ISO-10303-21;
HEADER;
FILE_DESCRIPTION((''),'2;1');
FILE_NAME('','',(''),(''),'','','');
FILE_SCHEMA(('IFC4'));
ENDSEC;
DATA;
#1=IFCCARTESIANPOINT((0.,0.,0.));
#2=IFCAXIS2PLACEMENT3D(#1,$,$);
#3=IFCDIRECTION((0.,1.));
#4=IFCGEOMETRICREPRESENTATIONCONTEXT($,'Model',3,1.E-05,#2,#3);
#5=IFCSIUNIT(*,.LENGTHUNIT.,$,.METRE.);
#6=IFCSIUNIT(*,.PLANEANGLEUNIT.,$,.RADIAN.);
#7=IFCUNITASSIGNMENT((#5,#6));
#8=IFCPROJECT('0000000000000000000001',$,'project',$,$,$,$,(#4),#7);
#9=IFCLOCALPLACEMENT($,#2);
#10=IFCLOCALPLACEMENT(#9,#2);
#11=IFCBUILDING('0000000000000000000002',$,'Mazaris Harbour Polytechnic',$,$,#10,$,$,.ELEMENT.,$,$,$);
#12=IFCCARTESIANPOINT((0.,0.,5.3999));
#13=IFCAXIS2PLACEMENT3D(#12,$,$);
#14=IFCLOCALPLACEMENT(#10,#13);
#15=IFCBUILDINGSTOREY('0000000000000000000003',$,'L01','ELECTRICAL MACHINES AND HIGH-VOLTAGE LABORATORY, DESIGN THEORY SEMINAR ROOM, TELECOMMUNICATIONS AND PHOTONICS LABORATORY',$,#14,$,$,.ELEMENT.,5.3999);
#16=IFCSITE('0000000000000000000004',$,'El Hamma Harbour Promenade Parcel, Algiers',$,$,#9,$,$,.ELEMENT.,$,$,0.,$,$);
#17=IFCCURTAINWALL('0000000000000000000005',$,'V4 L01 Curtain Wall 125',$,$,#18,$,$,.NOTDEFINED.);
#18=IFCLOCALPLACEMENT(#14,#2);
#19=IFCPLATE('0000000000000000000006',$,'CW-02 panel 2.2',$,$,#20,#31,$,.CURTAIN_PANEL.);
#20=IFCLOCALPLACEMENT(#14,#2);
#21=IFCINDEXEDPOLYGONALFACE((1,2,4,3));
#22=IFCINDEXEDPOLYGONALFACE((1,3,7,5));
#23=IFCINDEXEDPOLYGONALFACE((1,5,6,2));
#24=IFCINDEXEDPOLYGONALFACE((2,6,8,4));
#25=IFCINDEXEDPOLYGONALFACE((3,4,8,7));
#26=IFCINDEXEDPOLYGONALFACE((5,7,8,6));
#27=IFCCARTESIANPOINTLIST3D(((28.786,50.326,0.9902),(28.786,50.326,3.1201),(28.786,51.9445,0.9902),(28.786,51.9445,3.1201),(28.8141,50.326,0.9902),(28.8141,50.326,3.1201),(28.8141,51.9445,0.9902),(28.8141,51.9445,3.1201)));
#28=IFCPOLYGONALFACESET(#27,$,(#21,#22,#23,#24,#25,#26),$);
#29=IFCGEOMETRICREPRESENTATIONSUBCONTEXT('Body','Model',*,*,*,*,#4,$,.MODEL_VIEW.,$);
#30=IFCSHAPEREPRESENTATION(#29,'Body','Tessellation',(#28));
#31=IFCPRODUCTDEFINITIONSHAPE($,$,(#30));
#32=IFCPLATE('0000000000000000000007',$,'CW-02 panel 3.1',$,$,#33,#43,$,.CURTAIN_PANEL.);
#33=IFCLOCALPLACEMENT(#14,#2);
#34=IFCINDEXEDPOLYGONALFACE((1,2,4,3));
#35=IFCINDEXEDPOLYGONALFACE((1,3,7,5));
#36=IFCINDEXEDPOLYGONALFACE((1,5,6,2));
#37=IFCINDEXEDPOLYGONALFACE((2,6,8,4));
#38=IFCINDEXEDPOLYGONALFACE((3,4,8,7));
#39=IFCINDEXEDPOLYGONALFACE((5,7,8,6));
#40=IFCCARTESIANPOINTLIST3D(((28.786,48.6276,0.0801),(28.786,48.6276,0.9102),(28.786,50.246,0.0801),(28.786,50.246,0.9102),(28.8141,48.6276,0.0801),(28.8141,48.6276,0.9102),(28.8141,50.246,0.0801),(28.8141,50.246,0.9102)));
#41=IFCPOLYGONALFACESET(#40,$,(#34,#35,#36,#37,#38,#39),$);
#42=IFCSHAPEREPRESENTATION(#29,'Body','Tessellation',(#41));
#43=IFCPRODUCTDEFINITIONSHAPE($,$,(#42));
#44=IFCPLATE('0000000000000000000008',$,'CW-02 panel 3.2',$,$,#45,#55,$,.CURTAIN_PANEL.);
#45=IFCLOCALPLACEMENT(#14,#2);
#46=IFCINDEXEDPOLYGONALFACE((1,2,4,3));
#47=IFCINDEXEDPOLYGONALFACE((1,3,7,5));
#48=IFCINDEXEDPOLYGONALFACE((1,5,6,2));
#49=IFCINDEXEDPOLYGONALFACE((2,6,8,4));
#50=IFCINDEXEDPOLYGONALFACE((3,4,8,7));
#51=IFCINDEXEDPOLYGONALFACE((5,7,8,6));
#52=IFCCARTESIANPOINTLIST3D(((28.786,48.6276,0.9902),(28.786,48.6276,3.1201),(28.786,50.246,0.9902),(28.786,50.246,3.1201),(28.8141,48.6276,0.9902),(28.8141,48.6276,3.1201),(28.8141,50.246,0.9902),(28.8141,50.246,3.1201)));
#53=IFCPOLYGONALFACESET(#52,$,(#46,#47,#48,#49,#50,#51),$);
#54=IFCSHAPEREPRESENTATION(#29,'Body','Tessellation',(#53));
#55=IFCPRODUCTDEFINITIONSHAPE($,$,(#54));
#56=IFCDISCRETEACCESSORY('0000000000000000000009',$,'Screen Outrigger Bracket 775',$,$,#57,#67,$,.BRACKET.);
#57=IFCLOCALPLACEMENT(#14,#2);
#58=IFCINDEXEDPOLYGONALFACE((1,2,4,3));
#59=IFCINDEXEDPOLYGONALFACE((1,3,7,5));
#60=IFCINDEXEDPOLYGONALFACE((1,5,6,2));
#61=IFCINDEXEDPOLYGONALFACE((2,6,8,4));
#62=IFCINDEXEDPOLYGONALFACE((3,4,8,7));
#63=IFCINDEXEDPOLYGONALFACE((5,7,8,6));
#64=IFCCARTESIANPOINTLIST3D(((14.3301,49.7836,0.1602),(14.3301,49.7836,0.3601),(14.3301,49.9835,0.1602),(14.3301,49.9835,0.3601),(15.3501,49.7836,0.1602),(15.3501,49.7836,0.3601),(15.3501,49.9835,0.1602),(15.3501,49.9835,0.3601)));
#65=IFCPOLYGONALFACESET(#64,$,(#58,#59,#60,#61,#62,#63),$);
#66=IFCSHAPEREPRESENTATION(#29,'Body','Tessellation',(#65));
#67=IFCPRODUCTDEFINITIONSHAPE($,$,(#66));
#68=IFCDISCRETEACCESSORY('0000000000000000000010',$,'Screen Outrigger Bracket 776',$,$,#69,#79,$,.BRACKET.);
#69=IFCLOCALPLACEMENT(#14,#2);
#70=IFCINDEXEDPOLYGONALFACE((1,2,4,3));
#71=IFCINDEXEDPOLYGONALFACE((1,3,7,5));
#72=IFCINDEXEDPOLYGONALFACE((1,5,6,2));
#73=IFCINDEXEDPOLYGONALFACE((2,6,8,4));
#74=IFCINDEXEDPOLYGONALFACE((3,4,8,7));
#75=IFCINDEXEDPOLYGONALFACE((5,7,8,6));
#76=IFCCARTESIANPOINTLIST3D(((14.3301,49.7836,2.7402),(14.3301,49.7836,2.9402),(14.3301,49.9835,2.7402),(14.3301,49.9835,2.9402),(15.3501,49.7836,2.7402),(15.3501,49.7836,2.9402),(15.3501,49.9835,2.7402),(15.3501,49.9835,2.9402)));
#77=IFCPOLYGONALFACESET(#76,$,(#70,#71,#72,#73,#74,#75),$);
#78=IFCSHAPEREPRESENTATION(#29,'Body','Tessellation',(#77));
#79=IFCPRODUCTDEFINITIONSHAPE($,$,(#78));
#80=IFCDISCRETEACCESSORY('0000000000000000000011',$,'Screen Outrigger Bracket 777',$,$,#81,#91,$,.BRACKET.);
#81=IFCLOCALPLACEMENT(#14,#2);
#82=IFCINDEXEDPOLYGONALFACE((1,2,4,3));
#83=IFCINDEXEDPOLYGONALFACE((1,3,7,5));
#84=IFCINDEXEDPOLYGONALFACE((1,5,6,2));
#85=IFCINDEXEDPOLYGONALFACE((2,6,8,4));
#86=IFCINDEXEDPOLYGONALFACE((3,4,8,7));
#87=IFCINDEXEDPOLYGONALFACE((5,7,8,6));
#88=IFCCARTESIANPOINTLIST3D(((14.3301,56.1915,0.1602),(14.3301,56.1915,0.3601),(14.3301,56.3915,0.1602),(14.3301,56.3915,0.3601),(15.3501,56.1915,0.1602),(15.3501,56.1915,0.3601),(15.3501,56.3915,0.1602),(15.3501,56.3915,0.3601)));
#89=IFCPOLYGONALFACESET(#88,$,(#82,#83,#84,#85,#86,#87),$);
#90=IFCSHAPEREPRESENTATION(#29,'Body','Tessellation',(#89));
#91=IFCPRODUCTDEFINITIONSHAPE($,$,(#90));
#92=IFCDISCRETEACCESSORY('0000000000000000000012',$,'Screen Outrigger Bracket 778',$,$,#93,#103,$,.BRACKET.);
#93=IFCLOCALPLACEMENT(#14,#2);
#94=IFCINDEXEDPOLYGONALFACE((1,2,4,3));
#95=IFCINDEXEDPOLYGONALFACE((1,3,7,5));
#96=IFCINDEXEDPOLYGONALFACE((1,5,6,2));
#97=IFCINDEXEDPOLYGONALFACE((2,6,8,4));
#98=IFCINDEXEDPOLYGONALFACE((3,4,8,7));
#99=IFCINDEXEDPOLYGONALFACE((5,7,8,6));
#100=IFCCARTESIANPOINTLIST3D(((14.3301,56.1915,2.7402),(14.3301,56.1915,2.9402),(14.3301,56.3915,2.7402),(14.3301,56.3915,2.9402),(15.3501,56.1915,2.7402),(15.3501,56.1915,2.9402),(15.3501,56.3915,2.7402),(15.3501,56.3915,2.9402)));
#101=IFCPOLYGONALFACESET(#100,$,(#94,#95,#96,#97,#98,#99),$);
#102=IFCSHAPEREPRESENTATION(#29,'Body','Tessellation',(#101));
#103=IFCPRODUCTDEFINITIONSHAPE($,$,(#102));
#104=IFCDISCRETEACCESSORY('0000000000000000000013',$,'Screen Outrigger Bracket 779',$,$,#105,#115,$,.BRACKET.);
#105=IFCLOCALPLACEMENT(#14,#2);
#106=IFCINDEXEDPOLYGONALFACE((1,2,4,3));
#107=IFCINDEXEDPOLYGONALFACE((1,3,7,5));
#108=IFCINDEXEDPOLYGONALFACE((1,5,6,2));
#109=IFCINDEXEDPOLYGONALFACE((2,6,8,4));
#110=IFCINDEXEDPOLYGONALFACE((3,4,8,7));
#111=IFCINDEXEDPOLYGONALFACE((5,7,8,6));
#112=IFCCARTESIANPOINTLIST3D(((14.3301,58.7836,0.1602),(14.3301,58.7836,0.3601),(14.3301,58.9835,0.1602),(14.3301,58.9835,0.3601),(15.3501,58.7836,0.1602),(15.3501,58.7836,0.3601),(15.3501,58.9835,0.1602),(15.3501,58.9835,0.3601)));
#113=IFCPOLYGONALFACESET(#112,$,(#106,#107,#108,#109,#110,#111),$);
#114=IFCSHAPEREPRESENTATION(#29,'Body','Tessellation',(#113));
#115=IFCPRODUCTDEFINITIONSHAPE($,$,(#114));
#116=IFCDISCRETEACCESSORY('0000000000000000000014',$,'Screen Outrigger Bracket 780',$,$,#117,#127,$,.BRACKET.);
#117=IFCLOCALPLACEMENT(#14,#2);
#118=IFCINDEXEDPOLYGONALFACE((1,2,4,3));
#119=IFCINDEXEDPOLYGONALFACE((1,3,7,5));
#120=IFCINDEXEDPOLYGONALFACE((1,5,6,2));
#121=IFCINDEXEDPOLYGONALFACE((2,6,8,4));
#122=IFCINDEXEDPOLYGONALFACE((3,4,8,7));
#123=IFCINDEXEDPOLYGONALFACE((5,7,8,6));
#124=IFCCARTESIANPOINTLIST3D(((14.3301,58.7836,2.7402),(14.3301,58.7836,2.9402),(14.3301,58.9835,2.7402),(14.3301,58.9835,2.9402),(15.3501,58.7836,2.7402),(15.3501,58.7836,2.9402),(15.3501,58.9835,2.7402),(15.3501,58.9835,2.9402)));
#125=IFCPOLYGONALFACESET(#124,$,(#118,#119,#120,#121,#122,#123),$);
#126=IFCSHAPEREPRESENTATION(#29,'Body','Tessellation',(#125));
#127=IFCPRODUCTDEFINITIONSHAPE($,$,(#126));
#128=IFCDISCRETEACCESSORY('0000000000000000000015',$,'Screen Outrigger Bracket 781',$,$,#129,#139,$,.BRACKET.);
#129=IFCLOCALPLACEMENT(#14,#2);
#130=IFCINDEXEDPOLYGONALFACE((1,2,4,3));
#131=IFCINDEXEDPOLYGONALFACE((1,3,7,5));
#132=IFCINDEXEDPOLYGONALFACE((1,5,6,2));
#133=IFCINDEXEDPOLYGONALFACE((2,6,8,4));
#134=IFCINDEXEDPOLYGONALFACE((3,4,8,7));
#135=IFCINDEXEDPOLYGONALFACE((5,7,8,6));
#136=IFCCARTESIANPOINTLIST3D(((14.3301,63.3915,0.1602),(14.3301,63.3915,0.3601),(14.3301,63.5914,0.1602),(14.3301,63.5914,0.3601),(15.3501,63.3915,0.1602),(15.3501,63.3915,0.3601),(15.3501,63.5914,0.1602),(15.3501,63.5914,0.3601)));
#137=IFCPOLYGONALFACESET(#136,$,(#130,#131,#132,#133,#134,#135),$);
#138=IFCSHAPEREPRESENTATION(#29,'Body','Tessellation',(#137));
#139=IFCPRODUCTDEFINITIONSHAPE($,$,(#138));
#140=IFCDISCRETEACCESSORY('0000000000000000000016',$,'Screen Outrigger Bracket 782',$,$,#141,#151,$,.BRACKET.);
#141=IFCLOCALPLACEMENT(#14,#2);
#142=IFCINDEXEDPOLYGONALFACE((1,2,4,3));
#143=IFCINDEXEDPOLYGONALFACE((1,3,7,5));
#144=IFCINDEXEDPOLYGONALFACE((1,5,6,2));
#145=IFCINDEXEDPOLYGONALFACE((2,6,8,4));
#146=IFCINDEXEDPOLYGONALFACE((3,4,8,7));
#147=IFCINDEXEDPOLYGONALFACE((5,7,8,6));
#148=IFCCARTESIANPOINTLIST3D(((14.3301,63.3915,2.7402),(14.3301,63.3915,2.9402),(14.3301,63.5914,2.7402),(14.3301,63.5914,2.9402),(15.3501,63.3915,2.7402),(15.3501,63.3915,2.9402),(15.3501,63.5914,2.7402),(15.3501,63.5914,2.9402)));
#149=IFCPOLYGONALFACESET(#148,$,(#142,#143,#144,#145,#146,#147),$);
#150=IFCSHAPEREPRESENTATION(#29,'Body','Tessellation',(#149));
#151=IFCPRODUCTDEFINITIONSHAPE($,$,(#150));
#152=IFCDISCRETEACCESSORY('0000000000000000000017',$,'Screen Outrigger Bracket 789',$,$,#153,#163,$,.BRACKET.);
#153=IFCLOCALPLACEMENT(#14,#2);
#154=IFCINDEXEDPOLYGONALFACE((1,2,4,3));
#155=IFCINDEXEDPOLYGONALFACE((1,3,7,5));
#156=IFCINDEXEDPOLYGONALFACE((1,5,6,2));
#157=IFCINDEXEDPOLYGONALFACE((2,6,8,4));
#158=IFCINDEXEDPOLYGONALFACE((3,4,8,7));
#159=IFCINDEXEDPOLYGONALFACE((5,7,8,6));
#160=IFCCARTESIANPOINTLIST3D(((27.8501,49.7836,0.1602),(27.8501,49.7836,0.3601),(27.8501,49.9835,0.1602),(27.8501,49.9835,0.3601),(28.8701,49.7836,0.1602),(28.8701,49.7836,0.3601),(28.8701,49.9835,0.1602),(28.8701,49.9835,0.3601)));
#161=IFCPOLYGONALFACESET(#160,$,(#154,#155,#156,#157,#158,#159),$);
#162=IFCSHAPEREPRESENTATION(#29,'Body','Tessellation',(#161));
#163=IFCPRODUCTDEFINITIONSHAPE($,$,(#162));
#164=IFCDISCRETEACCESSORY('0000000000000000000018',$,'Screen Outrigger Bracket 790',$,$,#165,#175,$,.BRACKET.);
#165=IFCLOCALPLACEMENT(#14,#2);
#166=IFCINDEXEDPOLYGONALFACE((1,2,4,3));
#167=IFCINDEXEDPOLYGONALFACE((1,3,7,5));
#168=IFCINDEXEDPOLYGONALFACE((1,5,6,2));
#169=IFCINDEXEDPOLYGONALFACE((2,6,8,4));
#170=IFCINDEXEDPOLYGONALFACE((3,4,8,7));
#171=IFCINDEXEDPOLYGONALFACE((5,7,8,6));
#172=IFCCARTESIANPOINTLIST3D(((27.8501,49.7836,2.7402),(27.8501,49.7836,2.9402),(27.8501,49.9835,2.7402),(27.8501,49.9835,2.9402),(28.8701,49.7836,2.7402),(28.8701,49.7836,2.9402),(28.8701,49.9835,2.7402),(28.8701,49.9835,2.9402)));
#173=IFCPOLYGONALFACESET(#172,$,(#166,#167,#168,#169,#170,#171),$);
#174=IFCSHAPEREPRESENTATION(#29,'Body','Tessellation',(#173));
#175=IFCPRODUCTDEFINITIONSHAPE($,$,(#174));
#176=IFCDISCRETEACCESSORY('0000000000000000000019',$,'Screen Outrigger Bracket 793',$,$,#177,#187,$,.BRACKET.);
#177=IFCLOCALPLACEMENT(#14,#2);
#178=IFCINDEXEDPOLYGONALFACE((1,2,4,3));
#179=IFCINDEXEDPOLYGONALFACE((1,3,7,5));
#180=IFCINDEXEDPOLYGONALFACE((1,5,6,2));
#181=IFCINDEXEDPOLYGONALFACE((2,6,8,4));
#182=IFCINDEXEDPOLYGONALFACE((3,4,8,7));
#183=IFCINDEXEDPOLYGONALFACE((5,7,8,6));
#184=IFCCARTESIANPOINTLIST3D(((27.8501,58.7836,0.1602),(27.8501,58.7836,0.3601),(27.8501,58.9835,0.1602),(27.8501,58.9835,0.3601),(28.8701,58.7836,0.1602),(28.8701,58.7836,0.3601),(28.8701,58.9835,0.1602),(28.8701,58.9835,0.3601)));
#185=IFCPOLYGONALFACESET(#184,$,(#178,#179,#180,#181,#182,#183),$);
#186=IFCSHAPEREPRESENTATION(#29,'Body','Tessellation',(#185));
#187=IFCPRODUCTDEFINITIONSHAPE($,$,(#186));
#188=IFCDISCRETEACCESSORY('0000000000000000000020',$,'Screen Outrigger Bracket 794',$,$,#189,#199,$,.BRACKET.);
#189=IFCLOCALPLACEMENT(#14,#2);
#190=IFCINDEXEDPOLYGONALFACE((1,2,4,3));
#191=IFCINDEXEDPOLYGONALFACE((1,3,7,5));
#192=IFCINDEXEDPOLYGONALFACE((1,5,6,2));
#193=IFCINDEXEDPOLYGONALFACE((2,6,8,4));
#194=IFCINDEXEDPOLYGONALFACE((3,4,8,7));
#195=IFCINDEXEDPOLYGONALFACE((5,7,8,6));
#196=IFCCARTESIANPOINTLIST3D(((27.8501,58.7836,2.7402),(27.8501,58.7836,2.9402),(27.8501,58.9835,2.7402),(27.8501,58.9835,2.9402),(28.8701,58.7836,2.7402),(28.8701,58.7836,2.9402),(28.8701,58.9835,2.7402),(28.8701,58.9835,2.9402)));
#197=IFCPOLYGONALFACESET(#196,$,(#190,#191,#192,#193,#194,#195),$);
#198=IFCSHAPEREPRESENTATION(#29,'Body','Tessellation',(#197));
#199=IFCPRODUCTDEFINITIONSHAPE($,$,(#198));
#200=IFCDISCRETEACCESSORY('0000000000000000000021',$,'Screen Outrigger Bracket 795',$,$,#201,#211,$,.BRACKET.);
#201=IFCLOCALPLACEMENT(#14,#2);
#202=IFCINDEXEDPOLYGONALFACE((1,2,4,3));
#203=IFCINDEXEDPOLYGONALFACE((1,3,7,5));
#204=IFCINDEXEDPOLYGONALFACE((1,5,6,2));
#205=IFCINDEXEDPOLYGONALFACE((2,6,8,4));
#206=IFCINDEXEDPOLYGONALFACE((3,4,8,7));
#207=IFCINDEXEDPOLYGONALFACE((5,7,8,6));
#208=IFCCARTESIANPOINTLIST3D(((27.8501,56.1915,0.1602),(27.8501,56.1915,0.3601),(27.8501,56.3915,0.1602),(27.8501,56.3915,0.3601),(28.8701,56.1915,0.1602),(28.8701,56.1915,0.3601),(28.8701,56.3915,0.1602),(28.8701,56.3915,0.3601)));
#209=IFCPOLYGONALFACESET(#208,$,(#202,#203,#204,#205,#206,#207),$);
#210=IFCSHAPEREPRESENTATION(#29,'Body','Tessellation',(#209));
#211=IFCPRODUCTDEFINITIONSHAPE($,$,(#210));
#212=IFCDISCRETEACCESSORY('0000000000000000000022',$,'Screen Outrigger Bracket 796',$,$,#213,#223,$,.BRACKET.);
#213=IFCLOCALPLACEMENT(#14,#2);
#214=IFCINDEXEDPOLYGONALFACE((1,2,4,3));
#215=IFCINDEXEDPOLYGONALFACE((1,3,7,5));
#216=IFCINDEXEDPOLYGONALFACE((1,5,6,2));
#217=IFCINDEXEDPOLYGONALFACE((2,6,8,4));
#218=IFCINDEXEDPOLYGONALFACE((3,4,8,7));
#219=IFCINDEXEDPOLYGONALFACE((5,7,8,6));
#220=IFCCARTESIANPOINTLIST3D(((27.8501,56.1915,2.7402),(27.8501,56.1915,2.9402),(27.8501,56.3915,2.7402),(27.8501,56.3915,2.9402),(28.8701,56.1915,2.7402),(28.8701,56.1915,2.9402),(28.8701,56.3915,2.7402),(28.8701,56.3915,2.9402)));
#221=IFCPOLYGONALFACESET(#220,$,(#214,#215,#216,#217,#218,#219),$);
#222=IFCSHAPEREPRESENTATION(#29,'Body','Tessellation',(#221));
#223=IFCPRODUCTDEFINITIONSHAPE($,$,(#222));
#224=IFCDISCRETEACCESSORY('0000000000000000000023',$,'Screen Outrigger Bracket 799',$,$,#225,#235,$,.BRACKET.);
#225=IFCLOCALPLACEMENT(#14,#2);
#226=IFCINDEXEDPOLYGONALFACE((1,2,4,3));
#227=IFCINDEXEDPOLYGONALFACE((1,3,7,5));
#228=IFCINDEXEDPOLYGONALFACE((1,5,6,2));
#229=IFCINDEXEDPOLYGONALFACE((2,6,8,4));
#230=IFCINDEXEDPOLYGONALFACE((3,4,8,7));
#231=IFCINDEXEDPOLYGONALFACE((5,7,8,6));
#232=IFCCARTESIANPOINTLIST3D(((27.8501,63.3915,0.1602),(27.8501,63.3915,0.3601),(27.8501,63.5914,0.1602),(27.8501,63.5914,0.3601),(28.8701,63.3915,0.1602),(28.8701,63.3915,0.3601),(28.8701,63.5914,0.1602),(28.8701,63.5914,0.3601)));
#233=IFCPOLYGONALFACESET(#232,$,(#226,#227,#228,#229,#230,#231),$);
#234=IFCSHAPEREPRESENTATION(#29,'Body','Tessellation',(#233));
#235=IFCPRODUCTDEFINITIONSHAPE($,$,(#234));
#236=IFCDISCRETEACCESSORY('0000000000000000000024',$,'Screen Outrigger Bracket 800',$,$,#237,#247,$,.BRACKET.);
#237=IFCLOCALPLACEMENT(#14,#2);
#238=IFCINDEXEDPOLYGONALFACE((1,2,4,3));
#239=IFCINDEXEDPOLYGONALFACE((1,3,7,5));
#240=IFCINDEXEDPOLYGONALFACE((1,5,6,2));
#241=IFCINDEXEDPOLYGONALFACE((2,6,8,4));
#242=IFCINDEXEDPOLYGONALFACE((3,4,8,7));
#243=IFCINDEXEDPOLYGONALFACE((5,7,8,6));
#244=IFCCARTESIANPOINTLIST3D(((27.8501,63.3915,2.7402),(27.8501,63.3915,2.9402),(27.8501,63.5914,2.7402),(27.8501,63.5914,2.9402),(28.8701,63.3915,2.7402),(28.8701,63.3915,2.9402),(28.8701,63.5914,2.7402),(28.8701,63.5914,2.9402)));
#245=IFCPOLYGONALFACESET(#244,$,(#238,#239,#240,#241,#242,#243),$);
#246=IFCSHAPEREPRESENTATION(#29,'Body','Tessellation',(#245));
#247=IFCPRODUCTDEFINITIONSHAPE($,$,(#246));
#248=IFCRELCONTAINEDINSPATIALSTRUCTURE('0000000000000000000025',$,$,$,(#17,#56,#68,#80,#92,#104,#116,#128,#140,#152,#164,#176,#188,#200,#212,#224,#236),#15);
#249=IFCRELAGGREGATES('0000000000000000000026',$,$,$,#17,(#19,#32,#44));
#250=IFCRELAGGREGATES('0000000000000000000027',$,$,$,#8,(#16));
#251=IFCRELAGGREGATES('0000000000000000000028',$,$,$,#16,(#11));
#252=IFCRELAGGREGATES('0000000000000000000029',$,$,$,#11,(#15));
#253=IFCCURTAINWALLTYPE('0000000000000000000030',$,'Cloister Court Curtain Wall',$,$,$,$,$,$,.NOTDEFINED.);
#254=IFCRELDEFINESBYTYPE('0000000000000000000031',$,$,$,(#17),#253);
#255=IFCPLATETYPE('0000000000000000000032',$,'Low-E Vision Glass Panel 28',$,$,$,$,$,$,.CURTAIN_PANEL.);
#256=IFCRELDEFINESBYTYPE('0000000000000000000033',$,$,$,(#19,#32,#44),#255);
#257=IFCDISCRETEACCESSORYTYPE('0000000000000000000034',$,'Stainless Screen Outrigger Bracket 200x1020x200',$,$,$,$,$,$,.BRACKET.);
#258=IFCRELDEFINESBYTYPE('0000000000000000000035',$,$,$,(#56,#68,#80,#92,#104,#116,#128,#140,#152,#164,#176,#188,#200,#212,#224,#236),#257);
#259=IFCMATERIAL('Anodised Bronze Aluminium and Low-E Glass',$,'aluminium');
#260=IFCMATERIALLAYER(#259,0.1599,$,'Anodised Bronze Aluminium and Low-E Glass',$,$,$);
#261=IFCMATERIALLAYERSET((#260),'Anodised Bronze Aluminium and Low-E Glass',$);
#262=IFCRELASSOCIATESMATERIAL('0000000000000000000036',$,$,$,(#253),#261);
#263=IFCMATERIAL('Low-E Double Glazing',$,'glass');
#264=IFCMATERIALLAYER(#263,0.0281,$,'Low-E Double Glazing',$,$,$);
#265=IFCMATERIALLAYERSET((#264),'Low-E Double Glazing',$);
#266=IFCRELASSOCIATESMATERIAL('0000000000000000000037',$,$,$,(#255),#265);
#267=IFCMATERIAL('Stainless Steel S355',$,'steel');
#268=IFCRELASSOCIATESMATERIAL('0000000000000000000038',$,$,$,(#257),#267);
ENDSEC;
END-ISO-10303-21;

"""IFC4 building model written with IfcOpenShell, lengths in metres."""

from ifc_helpers import new_model, si_unit, direction, frame, origin, origin_2d, place, context, subcontext, project, spatial, rectangle, extrude, material, layer, layer_set, type_object, element, aggregate, save


model = new_model("IFC4")

# Units and contexts
model_context = context("Model", 3, precision=1e-05, world=origin(), true_north=direction((0.0, 1.0)))
body_context = subcontext(model_context, "Body", "Model", "MODEL_VIEW")
ifc_project = project(units=[si_unit("LENGTHUNIT", "METRE"), si_unit("PLANEANGLEUNIT", "RADIAN")], contexts=[model_context])

# Site, building, storey
site_placement = place(None, origin())
site = spatial("IfcSite", under=ifc_project, at=site_placement, Name="El Hamma Harbour Promenade Parcel, Algiers", CompositionType="ELEMENT", RefElevation=0.0)
building_placement = place(site_placement, origin())
building = spatial("IfcBuilding", under=site, at=building_placement, Name="Mazaris Harbour Polytechnic", CompositionType="ELEMENT")
storey_placement = place(building_placement, frame((0.0, 0.0, 5.3999)))
storey = spatial("IfcBuildingStorey", under=building, at=storey_placement, Name="L01", Description="ELECTRICAL MACHINES AND HIGH-VOLTAGE LABORATORY, DESIGN THEORY SEMINAR ROOM, TELECOMMUNICATIONS AND PHOTONICS LABORATORY", CompositionType="ELEMENT", Elevation=5.3999)

# Curtain wall
ifc_material_1 = material(Name="Anodised Bronze Aluminium and Low-E Glass", Category="aluminium")
ifc_layer_1 = layer(ifc_material_1, 0.1599, Name="Anodised Bronze Aluminium and Low-E Glass")
ifc_layer_set_1 = layer_set([ifc_layer_1], Name="Anodised Bronze Aluminium and Low-E Glass")
curtain_wall_type = type_object("IfcCurtainWallType", Name="Cloister Court Curtain Wall", PredefinedType="NOTDEFINED", material=ifc_layer_set_1)
curtain_wall_1_placement = place(storey_placement, origin())
curtain_wall_1 = element("IfcCurtainWall", 1, at=curtain_wall_1_placement, inside=storey, type_object=curtain_wall_type, Name="V4 L01 Curtain Wall 125", PredefinedType="NOTDEFINED")

# Plates
ifc_material_2 = material(Name="Low-E Double Glazing", Category="glass")
ifc_layer_2 = layer(ifc_material_2, 0.0281, Name="Low-E Double Glazing")
ifc_layer_set_2 = layer_set([ifc_layer_2], Name="Low-E Double Glazing")
plate_type = type_object("IfcPlateType", Name="Low-E Vision Glass Panel 28", PredefinedType="CURTAIN_PANEL", material=ifc_layer_set_2)
plate_1_placement = place(storey_placement, frame((28.8, 51.1353, 0.9902), z_axis=(0.0, 0.0, 1.0), x_axis=(0.0, -1.0, 0.0)))
plate_1 = element("IfcPlate", 2, at=plate_1_placement, type_object=plate_type, Name="CW-02 panel 2.2", PredefinedType="CURTAIN_PANEL", context=body_context, shape_type="SweptSolid", body=[
    extrude(rectangle(XDim=1.6184, YDim=0.0281, at=origin_2d()), origin(), (0.0, 0.0, 1.0), 2.1299),
])
plate_2_placement = place(storey_placement, frame((28.8, 49.4368, 0.0801), z_axis=(0.0, 0.0, 1.0), x_axis=(0.0, -1.0, 0.0)))
plate_2 = element("IfcPlate", 3, at=plate_2_placement, type_object=plate_type, Name="CW-02 panel 3.1", PredefinedType="CURTAIN_PANEL", context=body_context, shape_type="SweptSolid", body=[
    extrude(rectangle(XDim=1.6184, YDim=0.0281, at=origin_2d()), origin(), (0.0, 0.0, 1.0), 0.8301),
])
plate_3_placement = place(storey_placement, frame((28.8, 49.4368, 0.9902), z_axis=(0.0, 0.0, 1.0), x_axis=(0.0, -1.0, 0.0)))
plate_3 = element("IfcPlate", 4, at=plate_3_placement, type_object=plate_type, Name="CW-02 panel 3.2", PredefinedType="CURTAIN_PANEL", context=body_context, shape_type="SweptSolid", body=[
    extrude(rectangle(XDim=1.6184, YDim=0.0281, at=origin_2d()), origin(), (0.0, 0.0, 1.0), 2.1299),
])
aggregate(curtain_wall_1, [plate_1, plate_2, plate_3])

# Discrete accessories
ifc_material_3 = material(Name="Stainless Steel S355", Category="steel")
discrete_accessory_type = type_object("IfcDiscreteAccessoryType", Name="Stainless Screen Outrigger Bracket 200x1020x200", PredefinedType="BRACKET", material=ifc_material_3)
for number, where, z_axis, x_axis, name in (
    (5, (14.8401, 49.8835, 0.1602), (0.0, 0.0, 1.0), (0.0, 1.0, 0.0), "Screen Outrigger Bracket 775"),
    (6, (14.8401, 49.8835, 2.7402), (0.0, 0.0, 1.0), (0.0, 1.0, 0.0), "Screen Outrigger Bracket 776"),
    (7, (14.8401, 56.2915, 0.1602), (0.0, 0.0, 1.0), (0.0, 1.0, 0.0), "Screen Outrigger Bracket 777"),
    (8, (14.8401, 56.2915, 2.7402), (0.0, 0.0, 1.0), (0.0, 1.0, 0.0), "Screen Outrigger Bracket 778"),
    (9, (14.8401, 58.8835, 0.1602), (0.0, 0.0, 1.0), (0.0, 1.0, 0.0), "Screen Outrigger Bracket 779"),
    (10, (14.8401, 58.8835, 2.7402), (0.0, 0.0, 1.0), (0.0, 1.0, 0.0), "Screen Outrigger Bracket 780"),
    (11, (14.8401, 63.4915, 0.1602), (0.0, 0.0, 1.0), (0.0, 1.0, 0.0), "Screen Outrigger Bracket 781"),
    (12, (14.8401, 63.4915, 2.7402), (0.0, 0.0, 1.0), (0.0, 1.0, 0.0), "Screen Outrigger Bracket 782"),
    (13, (28.3601, 49.8835, 0.1602), (0.0, 0.0, 1.0), (0.0, -1.0, 0.0), "Screen Outrigger Bracket 789"),
    (14, (28.3601, 49.8835, 2.7402), (0.0, 0.0, 1.0), (0.0, -1.0, 0.0), "Screen Outrigger Bracket 790"),
    (15, (28.3601, 58.8835, 0.1602), (0.0, 0.0, 1.0), (0.0, -1.0, 0.0), "Screen Outrigger Bracket 793"),
    (16, (28.3601, 58.8835, 2.7402), (0.0, 0.0, 1.0), (0.0, -1.0, 0.0), "Screen Outrigger Bracket 794"),
    (17, (28.3601, 56.2915, 0.1602), (0.0, 0.0, 1.0), (0.0, -1.0, 0.0), "Screen Outrigger Bracket 795"),
    (18, (28.3601, 56.2915, 2.7402), (0.0, 0.0, 1.0), (0.0, -1.0, 0.0), "Screen Outrigger Bracket 796"),
    (19, (28.3601, 63.4915, 0.1602), (0.0, 0.0, 1.0), (0.0, -1.0, 0.0), "Screen Outrigger Bracket 799"),
    (20, (28.3601, 63.4915, 2.7402), (0.0, 0.0, 1.0), (0.0, -1.0, 0.0), "Screen Outrigger Bracket 800"),
):
    element("IfcDiscreteAccessory", number, at=place(storey_placement, frame(where, z_axis=z_axis, x_axis=x_axis)), inside=storey, type_object=discrete_accessory_type, Name=name, PredefinedType="BRACKET", context=body_context, shape_type="SweptSolid", body=[
        extrude(rectangle(XDim=0.2, YDim=1.02, at=origin_2d()), origin(), (0.0, 0.0, 1.0), 0.2),
    ])

save(model, "model.ifc")
